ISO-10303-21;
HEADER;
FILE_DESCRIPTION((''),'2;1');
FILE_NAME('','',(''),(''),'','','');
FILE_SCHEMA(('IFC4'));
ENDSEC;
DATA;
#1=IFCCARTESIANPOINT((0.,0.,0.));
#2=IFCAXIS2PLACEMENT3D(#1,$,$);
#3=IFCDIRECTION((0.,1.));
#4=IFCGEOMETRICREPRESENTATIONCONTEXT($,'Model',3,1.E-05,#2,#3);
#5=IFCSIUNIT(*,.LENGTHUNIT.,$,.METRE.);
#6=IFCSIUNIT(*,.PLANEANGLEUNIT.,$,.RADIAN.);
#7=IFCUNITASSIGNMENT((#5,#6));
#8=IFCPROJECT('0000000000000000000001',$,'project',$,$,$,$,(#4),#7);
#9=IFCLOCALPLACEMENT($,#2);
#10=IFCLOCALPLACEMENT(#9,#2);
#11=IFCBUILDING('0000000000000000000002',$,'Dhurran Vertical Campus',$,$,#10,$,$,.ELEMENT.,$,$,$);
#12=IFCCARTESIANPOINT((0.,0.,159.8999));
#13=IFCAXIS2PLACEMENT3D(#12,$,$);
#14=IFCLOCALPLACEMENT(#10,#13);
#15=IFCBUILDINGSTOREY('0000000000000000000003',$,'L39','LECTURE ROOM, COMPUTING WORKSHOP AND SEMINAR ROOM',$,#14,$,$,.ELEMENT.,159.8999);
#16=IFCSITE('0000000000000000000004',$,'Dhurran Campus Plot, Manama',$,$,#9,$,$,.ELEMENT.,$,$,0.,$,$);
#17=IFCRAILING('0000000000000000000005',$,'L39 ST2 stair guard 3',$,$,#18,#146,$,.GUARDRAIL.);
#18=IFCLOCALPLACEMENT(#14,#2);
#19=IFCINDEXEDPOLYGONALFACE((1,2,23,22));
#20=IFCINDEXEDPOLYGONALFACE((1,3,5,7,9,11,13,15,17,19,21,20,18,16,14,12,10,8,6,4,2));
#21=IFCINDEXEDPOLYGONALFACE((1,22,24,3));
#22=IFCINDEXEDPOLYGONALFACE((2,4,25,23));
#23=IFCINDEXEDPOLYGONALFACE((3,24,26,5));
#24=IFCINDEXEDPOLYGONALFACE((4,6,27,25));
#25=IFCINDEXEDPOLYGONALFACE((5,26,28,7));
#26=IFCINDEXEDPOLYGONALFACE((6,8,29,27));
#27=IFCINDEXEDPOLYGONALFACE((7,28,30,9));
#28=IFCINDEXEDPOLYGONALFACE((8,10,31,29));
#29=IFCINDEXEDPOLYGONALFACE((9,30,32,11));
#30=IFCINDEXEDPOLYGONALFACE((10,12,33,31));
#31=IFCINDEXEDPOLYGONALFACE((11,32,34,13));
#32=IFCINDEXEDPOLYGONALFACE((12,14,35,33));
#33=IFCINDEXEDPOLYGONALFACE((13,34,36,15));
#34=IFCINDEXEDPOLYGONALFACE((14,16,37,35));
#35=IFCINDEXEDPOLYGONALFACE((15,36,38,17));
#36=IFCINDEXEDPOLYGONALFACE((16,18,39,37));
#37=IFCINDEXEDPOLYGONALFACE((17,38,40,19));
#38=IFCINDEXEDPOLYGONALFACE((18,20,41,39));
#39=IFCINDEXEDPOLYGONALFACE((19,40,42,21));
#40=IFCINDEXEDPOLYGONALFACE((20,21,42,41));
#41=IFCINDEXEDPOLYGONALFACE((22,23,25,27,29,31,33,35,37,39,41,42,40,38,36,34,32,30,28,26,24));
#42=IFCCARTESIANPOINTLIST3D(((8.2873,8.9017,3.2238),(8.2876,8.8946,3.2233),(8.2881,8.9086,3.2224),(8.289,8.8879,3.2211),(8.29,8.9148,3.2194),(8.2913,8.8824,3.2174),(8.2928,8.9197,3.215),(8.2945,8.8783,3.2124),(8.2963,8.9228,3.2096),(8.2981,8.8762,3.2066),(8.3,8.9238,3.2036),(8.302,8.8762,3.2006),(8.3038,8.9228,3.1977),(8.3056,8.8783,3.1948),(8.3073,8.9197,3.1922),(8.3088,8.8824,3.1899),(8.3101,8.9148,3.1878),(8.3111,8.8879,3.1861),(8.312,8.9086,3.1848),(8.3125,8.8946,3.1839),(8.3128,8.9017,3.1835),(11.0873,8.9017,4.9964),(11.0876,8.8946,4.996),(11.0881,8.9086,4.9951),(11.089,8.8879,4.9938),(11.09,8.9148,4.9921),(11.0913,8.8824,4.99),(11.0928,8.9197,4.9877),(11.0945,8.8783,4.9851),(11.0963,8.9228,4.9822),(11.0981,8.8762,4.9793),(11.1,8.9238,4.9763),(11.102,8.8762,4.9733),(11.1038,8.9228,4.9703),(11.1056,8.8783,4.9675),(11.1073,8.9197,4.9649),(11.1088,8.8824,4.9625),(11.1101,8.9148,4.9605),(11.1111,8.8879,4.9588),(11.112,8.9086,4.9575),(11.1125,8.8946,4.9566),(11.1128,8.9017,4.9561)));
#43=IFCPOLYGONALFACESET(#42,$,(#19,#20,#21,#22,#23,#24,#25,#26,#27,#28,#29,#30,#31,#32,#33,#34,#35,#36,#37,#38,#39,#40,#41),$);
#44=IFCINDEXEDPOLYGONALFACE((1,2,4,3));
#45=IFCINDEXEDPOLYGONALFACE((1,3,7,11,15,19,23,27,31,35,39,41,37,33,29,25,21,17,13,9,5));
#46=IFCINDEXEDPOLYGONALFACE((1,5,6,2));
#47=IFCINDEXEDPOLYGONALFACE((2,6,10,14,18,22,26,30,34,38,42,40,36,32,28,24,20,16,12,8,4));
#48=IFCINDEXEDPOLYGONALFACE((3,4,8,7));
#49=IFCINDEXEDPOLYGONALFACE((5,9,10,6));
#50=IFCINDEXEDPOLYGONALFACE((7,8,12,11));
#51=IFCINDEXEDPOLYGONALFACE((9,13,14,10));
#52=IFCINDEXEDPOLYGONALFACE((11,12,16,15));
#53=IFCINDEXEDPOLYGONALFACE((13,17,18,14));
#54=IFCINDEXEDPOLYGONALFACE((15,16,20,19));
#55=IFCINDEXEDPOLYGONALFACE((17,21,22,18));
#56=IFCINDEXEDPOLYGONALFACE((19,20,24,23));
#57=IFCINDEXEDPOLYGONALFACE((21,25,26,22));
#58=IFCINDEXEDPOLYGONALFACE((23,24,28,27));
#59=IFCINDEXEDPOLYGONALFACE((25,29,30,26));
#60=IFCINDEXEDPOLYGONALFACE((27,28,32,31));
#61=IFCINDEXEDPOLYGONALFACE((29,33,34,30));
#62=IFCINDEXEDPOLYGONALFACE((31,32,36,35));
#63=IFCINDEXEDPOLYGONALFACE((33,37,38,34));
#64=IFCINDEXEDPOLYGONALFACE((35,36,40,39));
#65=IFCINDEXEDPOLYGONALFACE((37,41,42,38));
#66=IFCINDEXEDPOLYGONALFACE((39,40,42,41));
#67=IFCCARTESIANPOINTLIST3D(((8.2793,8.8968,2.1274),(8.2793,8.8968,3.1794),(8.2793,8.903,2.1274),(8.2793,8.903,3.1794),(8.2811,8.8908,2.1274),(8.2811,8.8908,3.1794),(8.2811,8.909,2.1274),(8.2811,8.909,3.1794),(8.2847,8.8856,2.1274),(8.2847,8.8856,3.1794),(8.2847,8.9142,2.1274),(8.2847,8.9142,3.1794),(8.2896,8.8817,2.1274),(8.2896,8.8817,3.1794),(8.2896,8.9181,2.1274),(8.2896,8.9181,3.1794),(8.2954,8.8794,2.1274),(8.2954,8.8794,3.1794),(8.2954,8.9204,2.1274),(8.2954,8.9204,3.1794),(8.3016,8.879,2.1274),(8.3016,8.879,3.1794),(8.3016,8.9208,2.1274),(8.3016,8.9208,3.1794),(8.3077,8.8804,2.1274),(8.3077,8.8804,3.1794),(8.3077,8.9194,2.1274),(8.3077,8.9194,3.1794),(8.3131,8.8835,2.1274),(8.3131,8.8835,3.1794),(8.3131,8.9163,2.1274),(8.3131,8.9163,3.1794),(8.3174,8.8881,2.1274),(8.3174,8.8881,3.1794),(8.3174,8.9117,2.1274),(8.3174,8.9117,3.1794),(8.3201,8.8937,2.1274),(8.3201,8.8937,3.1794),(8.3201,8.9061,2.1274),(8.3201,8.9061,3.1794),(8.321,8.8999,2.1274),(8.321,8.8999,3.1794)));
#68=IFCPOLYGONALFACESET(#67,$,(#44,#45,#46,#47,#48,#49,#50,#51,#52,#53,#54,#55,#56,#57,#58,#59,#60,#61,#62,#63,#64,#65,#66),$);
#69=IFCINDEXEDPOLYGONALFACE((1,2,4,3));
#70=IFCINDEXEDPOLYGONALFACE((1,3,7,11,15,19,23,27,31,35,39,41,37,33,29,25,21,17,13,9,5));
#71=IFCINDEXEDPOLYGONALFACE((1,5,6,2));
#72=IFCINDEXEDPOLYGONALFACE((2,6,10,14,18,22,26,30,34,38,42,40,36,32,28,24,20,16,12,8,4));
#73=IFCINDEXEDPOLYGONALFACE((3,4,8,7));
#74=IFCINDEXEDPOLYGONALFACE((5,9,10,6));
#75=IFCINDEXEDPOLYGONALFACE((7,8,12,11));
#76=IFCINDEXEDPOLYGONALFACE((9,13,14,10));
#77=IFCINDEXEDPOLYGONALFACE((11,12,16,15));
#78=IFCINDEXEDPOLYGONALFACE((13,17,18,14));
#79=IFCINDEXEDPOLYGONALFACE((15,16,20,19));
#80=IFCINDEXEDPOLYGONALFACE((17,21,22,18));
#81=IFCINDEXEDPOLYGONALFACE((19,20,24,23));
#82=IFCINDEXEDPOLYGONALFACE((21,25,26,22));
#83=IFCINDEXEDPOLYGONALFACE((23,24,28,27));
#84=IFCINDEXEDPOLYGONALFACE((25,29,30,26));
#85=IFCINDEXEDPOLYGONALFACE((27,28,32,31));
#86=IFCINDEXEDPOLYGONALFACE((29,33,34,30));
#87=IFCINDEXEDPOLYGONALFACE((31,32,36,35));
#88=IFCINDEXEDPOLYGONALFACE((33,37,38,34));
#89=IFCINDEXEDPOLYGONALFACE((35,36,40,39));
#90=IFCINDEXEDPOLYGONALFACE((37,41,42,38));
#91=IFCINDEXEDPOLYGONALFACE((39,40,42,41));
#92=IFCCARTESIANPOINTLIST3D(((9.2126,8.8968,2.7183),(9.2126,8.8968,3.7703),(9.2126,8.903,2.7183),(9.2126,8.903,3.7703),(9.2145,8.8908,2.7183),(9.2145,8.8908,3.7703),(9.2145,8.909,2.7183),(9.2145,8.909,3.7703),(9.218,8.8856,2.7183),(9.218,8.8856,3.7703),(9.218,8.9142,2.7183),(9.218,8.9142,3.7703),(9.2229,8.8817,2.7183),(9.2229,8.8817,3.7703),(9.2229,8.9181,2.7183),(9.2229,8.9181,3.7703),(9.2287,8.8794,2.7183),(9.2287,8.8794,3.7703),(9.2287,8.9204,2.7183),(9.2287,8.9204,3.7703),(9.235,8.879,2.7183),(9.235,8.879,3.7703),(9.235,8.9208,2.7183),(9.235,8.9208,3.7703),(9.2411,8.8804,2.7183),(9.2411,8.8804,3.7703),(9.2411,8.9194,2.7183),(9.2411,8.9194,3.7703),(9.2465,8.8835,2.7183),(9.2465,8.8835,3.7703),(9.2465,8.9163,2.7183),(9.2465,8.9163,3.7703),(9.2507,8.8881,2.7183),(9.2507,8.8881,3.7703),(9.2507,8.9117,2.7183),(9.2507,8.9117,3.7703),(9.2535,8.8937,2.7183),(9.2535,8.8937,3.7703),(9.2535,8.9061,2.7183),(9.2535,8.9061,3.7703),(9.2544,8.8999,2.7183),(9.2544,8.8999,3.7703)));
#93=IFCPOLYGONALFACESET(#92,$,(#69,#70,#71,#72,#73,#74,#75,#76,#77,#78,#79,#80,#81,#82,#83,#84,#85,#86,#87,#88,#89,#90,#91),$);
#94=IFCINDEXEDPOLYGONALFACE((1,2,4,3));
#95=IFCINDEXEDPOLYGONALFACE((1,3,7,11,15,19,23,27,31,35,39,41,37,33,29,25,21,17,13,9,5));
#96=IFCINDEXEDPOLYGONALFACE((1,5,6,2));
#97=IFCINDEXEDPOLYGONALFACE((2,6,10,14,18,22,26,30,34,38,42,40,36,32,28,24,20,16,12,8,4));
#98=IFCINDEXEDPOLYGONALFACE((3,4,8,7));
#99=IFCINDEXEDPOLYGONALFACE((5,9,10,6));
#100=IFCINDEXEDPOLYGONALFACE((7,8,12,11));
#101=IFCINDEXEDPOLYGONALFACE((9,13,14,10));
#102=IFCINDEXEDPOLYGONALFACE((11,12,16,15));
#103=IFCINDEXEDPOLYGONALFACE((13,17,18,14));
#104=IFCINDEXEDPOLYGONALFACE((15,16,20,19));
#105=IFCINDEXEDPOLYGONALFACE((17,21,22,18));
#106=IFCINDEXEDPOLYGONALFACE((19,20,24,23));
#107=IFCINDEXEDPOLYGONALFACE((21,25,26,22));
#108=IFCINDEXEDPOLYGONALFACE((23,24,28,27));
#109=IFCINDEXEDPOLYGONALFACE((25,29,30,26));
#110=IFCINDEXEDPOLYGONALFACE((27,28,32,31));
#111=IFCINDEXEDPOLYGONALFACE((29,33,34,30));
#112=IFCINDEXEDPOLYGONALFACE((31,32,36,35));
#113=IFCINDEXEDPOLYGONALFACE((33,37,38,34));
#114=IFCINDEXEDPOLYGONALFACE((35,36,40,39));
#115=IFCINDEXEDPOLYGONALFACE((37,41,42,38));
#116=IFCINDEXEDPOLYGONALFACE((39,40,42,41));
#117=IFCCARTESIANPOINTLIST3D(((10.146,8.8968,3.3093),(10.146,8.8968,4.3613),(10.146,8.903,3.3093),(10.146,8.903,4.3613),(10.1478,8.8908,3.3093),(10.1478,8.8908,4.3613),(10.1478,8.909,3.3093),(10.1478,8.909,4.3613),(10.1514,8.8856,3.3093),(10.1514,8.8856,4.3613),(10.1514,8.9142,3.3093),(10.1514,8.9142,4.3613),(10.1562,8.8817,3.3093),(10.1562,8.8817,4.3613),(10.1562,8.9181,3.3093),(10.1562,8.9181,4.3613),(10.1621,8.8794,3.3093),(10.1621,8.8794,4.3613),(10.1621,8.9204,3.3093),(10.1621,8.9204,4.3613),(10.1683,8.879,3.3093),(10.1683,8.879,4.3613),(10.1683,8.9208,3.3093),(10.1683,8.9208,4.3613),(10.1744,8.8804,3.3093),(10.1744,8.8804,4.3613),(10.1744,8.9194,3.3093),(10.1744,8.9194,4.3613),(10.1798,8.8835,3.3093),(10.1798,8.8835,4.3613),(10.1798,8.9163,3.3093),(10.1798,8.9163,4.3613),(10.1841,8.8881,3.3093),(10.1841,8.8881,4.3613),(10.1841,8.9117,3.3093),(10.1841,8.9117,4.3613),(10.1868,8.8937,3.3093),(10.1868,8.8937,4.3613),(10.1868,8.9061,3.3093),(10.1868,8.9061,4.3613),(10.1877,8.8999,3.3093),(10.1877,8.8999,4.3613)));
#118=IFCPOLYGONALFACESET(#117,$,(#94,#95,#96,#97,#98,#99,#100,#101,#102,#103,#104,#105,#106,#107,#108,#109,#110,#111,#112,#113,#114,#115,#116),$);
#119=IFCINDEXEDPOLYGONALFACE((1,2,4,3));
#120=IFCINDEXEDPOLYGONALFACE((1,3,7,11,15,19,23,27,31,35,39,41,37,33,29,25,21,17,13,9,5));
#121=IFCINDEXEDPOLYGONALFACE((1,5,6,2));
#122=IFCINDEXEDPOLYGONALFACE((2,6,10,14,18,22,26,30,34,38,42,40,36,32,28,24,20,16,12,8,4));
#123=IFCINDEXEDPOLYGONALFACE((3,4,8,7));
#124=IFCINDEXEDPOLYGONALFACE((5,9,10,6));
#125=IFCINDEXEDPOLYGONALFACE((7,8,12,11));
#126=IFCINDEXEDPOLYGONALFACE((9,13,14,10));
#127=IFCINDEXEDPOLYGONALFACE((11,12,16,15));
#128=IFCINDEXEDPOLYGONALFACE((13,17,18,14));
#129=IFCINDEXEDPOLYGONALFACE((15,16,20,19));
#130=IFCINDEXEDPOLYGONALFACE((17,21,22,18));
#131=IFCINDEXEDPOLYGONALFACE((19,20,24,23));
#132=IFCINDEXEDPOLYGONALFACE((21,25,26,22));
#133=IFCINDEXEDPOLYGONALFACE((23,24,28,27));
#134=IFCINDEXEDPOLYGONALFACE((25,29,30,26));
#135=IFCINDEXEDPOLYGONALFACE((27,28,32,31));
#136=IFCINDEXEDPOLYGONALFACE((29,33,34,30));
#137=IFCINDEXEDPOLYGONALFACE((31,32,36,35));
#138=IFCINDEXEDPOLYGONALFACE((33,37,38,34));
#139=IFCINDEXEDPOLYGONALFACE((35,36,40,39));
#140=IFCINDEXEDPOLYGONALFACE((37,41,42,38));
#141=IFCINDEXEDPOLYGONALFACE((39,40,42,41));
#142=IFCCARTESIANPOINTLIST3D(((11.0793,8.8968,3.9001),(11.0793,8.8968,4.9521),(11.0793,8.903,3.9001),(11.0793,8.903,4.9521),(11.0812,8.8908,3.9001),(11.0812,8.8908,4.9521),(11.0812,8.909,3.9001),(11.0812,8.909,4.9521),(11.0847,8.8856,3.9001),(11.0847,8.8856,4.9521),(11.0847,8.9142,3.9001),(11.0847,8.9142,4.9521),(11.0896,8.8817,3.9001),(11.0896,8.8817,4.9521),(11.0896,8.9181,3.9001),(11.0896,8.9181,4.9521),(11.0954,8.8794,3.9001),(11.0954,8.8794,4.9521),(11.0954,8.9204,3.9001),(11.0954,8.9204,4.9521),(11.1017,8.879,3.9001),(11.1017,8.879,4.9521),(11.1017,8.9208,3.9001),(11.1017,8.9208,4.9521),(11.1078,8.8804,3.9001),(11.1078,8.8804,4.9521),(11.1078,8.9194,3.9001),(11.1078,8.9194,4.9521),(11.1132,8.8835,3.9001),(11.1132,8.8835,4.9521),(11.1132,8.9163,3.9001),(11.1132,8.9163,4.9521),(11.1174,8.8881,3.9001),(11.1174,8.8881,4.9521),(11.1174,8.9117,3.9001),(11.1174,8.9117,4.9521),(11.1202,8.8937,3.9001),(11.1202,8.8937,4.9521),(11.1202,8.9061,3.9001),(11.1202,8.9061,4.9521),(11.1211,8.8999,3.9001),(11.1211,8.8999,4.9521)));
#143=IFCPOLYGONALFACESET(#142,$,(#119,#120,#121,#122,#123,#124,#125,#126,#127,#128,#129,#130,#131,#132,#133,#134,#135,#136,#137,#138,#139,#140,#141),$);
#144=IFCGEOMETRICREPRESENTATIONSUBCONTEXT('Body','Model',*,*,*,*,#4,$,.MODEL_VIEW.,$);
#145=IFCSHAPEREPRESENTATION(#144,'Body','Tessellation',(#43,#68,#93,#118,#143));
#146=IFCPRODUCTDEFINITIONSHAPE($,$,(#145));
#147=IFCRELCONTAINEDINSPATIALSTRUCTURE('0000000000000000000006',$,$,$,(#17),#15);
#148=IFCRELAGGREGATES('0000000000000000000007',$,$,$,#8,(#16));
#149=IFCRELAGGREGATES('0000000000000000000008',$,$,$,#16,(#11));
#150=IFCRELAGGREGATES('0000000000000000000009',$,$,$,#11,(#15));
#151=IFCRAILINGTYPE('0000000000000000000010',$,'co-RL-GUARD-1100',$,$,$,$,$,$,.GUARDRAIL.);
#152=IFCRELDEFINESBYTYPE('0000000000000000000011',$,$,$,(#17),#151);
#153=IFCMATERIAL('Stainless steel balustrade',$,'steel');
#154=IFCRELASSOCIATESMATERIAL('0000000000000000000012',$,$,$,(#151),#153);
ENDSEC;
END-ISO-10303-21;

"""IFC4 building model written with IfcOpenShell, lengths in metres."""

from ifc_helpers import new_model, si_unit, direction, frame, origin, origin_2d, place, context, subcontext, project, spatial, circle, extrude, material, type_object, element, save


model = new_model("IFC4")

# Units and contexts
model_context = context("Model", 3, precision=1e-05, world=origin(), true_north=direction((0.0, 1.0)))
body_context = subcontext(model_context, "Body", "Model", "MODEL_VIEW")
ifc_project = project(units=[si_unit("LENGTHUNIT", "METRE"), si_unit("PLANEANGLEUNIT", "RADIAN")], contexts=[model_context])

# Site, building, storey
site_placement = place(None, origin())
site = spatial("IfcSite", under=ifc_project, at=site_placement, Name="Dhurran Campus Plot, Manama", CompositionType="ELEMENT", RefElevation=0.0)
building_placement = place(site_placement, origin())
building = spatial("IfcBuilding", under=site, at=building_placement, Name="Dhurran Vertical Campus", CompositionType="ELEMENT")
storey_placement = place(building_placement, frame((0.0, 0.0, 159.8999)))
storey = spatial("IfcBuildingStorey", under=building, at=storey_placement, Name="L39", Description="LECTURE ROOM, COMPUTING WORKSHOP AND SEMINAR ROOM", CompositionType="ELEMENT", Elevation=159.8999)

# Railing
ifc_material_1 = material(Name="Stainless steel balustrade", Category="steel")
railing_type_1 = type_object("IfcRailingType", Name="co-RL-GUARD-1100", PredefinedType="GUARDRAIL", material=ifc_material_1)
railing_1_placement = place(storey_placement, frame((8.3, 8.8999, 2.1274)))
element("IfcRailing", 1, at=railing_1_placement, inside=storey, type_object=railing_type_1, Name="L39 ST2 stair guard 3", PredefinedType="GUARDRAIL", context=body_context, shape_type="SweptSolid", body=[
    extrude(circle(Radius=0.0239, at=origin_2d()), frame((0.0, 0.0, 1.0762), z_axis=(0.844909, 0.0, 0.53491), x_axis=(0.0, 1.0, 0.0)), (0.0, 0.0, 1.0), 3.314),
    extrude(circle(Radius=0.021, at=origin_2d()), origin(), (0.0, 0.0, 1.0), 1.052),
    extrude(circle(Radius=0.021, at=origin_2d()), frame((0.9333, 0.0, 0.5908)), (0.0, 0.0, 1.0), 1.052),
    extrude(circle(Radius=0.021, at=origin_2d()), frame((1.8667, 0.0, 1.1819)), (0.0, 0.0, 1.0), 1.052),
    extrude(circle(Radius=0.021, at=origin_2d()), frame((2.8, 0.0, 1.7727)), (0.0, 0.0, 1.0), 1.052),
])

save(model, "model.ifc")
